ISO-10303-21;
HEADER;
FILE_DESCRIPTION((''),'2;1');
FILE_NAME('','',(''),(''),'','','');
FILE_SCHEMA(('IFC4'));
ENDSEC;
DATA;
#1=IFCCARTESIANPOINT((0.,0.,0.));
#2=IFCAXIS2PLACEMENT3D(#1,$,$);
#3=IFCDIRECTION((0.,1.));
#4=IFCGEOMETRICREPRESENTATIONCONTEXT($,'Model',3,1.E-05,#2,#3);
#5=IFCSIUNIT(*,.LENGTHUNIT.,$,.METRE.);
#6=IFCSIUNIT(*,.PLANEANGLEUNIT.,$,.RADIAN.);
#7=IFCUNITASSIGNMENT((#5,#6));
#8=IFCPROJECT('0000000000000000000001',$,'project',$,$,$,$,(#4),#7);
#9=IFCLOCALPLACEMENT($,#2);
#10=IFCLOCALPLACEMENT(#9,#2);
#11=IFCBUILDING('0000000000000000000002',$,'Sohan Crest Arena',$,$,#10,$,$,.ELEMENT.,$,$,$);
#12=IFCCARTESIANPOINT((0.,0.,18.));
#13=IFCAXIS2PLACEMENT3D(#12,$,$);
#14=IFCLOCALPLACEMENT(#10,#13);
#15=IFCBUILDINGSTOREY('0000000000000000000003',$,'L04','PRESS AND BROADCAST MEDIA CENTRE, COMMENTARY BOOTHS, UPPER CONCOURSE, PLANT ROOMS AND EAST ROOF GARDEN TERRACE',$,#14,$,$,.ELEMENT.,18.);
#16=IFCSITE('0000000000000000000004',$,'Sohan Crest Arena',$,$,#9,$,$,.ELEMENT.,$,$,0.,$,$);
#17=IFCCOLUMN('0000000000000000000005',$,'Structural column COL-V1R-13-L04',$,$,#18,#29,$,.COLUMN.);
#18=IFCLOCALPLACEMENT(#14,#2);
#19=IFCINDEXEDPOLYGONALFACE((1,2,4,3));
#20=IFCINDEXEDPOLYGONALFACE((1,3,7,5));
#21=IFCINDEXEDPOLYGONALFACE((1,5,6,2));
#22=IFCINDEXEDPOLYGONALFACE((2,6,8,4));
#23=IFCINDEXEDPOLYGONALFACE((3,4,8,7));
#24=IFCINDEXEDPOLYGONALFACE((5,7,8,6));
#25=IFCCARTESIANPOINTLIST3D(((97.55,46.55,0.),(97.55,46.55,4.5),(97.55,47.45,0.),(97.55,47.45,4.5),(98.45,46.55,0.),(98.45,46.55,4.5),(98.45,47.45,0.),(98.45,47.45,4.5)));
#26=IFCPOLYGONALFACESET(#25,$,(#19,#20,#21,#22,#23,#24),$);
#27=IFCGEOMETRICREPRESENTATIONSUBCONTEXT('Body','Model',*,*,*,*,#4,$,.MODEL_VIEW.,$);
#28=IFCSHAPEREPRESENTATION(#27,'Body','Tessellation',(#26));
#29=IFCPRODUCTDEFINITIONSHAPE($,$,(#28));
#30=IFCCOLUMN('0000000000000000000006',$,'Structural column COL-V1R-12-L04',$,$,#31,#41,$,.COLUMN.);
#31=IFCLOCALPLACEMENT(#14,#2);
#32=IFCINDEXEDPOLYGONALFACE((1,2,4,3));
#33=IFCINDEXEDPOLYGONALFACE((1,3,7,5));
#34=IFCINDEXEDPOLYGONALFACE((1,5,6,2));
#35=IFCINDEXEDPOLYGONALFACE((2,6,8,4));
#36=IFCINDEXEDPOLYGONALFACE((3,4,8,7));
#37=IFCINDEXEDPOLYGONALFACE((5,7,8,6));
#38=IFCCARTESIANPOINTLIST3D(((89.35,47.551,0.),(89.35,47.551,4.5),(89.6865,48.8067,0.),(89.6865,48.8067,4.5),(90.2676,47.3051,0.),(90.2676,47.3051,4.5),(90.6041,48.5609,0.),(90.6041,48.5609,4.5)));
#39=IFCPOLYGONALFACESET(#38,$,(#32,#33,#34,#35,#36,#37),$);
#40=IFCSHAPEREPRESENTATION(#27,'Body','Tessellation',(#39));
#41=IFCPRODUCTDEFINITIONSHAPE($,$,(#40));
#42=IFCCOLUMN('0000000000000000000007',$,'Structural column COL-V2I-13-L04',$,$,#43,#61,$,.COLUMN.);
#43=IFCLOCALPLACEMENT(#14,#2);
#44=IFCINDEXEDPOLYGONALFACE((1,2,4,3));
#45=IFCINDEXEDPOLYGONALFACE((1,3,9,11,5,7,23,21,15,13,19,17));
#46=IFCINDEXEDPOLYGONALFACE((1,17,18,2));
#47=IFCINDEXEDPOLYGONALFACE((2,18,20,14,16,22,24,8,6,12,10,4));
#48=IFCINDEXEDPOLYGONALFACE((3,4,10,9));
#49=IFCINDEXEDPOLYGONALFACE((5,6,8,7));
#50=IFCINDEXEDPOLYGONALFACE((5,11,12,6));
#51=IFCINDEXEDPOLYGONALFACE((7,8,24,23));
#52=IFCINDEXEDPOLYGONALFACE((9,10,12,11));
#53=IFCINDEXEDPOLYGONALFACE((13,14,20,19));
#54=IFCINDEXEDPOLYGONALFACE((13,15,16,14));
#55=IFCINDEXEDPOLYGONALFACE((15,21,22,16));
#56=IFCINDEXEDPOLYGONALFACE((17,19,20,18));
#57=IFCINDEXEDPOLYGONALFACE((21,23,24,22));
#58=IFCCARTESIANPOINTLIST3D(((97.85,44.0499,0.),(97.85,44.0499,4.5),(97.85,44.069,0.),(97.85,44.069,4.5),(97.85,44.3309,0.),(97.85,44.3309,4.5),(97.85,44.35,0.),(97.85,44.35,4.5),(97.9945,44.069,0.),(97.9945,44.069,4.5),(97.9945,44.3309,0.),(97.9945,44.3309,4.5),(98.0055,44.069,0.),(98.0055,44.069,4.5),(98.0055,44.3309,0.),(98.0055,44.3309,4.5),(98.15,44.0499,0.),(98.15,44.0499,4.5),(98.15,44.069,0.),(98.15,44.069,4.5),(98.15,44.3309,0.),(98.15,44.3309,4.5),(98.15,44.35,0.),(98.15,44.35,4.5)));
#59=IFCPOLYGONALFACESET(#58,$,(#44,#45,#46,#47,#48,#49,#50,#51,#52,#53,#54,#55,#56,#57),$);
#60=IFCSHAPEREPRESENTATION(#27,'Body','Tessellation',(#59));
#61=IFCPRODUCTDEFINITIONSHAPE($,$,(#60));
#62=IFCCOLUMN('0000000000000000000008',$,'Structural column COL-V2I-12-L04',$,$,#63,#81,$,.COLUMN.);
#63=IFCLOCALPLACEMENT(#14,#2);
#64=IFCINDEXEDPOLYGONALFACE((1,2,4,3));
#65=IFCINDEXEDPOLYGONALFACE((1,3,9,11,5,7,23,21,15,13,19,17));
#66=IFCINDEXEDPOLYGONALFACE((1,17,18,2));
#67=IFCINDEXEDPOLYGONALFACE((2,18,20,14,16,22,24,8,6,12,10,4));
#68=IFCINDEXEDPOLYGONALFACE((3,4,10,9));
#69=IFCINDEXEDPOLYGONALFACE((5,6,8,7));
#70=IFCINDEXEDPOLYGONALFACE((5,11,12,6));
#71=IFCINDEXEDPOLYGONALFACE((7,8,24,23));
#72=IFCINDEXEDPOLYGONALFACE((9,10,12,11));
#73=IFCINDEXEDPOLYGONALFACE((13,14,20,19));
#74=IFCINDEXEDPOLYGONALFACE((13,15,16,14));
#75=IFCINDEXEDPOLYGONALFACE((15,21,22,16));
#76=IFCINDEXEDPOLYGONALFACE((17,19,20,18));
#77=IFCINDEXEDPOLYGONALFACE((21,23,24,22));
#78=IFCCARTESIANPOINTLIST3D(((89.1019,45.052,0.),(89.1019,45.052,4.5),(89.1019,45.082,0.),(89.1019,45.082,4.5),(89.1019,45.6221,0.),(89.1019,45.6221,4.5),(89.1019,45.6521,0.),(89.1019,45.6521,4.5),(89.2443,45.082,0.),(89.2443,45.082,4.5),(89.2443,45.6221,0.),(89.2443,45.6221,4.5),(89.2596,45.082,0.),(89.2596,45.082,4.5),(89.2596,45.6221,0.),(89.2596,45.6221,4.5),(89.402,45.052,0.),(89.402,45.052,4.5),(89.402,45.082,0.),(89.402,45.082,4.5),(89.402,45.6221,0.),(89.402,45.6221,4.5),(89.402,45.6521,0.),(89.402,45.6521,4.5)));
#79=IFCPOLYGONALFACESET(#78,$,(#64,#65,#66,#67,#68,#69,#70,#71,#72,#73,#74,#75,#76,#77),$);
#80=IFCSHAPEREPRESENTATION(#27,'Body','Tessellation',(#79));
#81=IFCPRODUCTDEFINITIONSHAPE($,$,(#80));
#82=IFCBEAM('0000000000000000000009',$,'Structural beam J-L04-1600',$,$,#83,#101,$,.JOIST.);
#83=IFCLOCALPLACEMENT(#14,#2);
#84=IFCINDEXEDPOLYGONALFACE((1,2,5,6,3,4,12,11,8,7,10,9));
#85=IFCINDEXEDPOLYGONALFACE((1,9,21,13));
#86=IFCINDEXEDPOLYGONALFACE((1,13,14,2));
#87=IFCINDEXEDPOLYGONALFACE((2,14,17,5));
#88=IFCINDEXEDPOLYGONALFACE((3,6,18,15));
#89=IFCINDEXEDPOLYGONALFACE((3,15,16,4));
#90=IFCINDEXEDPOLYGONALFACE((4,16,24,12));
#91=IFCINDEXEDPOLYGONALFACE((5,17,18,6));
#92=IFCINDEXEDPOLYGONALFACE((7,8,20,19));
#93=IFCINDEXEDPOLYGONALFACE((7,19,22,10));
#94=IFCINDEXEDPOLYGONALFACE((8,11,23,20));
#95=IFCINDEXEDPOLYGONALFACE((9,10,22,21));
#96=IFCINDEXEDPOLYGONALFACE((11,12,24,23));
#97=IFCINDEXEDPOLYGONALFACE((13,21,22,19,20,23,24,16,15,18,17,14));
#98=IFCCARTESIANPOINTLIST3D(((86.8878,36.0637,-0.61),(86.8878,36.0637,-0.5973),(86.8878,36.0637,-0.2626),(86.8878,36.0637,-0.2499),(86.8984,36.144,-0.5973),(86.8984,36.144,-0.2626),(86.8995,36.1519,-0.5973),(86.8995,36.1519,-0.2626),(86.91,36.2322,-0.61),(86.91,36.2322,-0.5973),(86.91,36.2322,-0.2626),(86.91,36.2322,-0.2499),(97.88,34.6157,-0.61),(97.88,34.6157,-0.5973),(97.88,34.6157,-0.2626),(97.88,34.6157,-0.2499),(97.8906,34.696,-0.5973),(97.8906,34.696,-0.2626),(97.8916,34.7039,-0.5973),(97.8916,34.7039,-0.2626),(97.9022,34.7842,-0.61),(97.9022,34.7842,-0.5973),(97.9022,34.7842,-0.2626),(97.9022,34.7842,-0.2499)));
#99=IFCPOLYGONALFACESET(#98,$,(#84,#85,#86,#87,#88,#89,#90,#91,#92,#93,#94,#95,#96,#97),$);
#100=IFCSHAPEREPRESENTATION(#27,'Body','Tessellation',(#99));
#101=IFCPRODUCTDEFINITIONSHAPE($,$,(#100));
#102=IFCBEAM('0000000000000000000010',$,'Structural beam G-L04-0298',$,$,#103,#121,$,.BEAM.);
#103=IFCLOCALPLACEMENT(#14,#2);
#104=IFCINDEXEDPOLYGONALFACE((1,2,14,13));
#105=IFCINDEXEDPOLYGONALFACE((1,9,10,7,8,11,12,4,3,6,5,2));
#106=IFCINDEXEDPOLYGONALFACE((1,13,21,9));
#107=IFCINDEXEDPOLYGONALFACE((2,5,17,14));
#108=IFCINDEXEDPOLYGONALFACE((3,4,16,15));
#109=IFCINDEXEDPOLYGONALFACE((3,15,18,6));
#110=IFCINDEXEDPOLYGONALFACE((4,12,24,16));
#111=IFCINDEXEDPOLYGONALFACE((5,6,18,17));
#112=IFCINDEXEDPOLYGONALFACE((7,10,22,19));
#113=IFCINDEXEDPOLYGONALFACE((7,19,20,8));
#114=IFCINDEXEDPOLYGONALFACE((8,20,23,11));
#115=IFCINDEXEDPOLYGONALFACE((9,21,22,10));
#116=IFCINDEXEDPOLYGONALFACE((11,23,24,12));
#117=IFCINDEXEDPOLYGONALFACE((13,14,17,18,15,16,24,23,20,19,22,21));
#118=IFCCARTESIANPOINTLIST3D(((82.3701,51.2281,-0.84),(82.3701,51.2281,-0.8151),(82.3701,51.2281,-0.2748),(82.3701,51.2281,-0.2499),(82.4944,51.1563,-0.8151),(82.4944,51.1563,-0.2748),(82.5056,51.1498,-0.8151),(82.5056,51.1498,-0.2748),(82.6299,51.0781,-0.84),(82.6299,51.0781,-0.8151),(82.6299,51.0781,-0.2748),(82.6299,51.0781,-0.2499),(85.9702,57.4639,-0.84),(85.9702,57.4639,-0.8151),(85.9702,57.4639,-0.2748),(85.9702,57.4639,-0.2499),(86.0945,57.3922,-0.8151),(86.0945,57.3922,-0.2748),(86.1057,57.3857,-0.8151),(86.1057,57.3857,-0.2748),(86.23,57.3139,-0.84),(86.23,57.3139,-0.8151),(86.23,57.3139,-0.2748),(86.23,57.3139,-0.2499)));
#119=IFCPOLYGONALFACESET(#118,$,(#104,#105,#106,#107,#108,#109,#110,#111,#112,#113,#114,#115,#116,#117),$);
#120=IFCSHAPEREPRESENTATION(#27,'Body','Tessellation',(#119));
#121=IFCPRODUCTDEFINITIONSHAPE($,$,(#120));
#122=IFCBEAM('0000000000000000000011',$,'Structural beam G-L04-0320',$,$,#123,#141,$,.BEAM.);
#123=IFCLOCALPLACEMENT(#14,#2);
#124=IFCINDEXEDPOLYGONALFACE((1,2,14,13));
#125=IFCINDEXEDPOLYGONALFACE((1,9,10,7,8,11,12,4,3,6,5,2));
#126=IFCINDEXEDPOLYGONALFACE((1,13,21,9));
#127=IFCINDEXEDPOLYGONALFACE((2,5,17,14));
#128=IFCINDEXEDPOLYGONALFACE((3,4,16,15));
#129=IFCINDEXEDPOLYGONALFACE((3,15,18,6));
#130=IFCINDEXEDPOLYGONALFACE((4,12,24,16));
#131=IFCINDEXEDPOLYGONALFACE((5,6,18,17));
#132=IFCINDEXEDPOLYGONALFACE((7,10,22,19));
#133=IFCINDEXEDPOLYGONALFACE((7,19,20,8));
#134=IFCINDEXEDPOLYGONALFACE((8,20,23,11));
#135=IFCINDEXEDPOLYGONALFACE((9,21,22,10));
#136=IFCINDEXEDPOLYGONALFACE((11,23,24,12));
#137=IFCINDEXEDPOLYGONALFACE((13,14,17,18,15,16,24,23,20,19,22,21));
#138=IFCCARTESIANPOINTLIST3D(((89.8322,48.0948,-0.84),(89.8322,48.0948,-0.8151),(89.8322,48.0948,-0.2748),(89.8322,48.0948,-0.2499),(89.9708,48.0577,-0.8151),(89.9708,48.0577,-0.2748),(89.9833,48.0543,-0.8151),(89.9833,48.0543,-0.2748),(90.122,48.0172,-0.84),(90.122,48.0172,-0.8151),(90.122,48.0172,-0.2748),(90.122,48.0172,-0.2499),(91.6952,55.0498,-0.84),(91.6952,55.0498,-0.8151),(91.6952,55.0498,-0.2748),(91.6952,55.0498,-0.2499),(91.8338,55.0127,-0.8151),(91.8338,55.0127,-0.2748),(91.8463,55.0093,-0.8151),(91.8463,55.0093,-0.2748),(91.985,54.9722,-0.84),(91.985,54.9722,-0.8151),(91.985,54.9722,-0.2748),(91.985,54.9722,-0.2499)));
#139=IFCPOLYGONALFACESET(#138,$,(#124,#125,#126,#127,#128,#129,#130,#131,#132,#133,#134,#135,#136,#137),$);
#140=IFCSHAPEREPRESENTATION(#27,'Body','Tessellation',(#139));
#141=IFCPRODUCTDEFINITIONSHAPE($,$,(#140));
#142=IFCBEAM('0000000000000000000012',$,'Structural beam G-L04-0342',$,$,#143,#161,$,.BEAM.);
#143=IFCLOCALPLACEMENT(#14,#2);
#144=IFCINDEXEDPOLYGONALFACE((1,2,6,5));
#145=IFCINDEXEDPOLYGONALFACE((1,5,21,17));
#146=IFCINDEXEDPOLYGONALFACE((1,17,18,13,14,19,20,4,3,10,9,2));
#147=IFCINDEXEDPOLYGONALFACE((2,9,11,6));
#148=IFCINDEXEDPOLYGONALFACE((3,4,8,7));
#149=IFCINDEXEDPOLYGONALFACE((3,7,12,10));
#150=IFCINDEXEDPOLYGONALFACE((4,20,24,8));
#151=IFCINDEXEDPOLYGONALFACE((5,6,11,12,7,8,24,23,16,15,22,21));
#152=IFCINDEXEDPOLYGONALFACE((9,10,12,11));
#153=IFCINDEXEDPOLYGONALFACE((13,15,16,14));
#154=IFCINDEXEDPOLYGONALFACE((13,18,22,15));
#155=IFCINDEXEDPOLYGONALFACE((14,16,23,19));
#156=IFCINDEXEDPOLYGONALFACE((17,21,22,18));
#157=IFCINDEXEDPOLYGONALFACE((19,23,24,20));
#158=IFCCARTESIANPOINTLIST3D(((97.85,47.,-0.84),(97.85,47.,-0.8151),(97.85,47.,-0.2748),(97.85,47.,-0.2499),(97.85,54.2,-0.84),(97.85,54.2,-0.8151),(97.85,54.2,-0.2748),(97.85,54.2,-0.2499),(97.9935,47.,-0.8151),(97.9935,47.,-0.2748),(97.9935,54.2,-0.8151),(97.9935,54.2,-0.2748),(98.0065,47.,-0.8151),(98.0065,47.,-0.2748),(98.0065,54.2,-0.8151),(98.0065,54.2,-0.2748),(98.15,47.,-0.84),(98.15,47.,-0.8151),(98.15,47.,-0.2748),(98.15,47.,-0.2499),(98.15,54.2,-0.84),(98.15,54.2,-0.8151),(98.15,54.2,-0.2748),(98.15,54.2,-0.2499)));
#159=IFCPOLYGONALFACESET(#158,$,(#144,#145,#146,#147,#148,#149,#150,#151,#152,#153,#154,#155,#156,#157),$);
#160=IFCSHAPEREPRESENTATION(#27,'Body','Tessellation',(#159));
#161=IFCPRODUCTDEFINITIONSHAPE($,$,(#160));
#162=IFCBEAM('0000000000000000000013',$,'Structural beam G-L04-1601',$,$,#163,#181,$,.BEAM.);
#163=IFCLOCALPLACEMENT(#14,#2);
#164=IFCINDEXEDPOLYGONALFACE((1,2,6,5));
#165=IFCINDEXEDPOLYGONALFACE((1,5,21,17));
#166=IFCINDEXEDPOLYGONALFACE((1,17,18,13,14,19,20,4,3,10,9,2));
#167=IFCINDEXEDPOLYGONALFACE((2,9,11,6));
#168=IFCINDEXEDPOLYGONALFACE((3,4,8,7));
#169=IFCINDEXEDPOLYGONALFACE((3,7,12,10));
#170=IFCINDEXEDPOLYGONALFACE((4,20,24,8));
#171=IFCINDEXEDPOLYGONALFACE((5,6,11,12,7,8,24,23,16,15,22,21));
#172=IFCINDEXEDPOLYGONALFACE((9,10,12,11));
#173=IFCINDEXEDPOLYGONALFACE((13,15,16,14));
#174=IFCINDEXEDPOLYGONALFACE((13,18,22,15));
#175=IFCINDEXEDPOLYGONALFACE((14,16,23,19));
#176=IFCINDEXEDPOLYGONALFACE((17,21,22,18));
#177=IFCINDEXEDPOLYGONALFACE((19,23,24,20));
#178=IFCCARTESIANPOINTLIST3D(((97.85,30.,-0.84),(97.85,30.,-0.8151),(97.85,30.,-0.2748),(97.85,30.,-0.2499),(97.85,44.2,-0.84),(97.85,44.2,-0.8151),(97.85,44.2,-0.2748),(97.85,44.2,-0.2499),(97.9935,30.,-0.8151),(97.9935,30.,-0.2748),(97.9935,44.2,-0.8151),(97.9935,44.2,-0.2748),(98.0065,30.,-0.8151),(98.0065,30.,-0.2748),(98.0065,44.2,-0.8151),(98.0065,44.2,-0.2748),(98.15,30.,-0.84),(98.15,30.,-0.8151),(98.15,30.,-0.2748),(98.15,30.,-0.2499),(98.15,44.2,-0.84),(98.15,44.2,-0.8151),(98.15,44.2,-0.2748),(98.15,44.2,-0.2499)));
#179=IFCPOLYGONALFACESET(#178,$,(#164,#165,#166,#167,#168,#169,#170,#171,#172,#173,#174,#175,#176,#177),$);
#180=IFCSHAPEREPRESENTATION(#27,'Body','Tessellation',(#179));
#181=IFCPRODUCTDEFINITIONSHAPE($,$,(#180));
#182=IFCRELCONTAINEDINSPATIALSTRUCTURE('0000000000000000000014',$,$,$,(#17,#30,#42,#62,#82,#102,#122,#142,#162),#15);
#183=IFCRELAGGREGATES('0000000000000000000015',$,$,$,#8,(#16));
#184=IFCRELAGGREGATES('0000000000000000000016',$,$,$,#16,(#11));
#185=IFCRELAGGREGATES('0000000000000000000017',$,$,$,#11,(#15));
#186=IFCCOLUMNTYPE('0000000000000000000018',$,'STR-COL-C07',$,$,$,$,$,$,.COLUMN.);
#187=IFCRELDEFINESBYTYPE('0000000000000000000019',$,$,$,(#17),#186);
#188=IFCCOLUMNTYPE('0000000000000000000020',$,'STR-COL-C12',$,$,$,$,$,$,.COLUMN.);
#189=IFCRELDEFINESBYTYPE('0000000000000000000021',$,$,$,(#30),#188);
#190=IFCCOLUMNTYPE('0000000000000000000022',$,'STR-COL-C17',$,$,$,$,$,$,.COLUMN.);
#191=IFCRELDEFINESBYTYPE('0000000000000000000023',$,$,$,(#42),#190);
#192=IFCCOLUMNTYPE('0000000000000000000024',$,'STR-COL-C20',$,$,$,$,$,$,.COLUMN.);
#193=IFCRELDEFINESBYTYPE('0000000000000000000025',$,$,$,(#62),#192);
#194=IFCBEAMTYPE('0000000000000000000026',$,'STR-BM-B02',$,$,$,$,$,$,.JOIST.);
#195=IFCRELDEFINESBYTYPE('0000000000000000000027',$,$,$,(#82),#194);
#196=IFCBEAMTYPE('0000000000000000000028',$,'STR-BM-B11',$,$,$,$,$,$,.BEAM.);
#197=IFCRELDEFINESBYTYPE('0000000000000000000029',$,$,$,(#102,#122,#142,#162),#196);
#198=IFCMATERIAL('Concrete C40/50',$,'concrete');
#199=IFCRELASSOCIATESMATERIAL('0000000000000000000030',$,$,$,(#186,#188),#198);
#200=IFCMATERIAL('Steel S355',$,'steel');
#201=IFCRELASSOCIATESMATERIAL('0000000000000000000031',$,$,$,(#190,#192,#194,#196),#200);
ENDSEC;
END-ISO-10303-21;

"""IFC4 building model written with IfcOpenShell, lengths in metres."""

from ifc_helpers import new_model, si_unit, direction, frame, origin, origin_2d, place, context, subcontext, project, spatial, rectangle, i_section, extrude, material, material_profile, profile_set, type_object, element, save


model = new_model("IFC4")

# Units and contexts
model_context = context("Model", 3, precision=1e-05, world=origin(), true_north=direction((0.0, 1.0)))
body_context = subcontext(model_context, "Body", "Model", "MODEL_VIEW")
ifc_project = project(units=[si_unit("LENGTHUNIT", "METRE"), si_unit("PLANEANGLEUNIT", "RADIAN")], contexts=[model_context])

# Site, building, storey
site_placement = place(None, origin())
site = spatial("IfcSite", under=ifc_project, at=site_placement, Name="Sohan Crest Arena", CompositionType="ELEMENT", RefElevation=0.0)
building_placement = place(site_placement, origin())
building = spatial("IfcBuilding", under=site, at=building_placement, Name="Sohan Crest Arena", CompositionType="ELEMENT")
storey_placement = place(building_placement, frame((0.0, 0.0, 18.0)))
storey = spatial("IfcBuildingStorey", under=building, at=storey_placement, Name="L04", Description="PRESS AND BROADCAST MEDIA CENTRE, COMMENTARY BOOTHS, UPPER CONCOURSE, PLANT ROOMS AND EAST ROOF GARDEN TERRACE", CompositionType="ELEMENT", Elevation=18.0)

# Columns
ifc_material_1 = material(Name="Concrete C40/50", Category="concrete")
ifc_material_profile_1 = material_profile(ifc_material_1, rectangle(XDim=0.8999, YDim=0.8999, at=origin_2d()), Name="RC 900x900")
ifc_profile_set_1 = profile_set([ifc_material_profile_1], Name="Concrete C40/50")
column_type_1 = type_object("IfcColumnType", Name="STR-COL-C07", PredefinedType="COLUMN", material=ifc_profile_set_1)
column_1_placement = place(storey_placement, frame((98.0, 47.0, 0.0), z_axis=(0.0, 0.0, 1.0), x_axis=(0.0, 1.0, 0.0)))
element("IfcColumn", 1, at=column_1_placement, inside=storey, type_object=column_type_1, Name="Structural column COL-V1R-13-L04", PredefinedType="COLUMN", context=body_context, shape_type="SweptSolid", body=[
    extrude(rectangle(XDim=0.8999, YDim=0.8999, at=origin_2d()), origin(), (0.0, 0.0, 1.0), 4.5),
])
ifc_material_profile_2 = material_profile(ifc_material_1, rectangle(XDim=1.3, YDim=0.95, at=origin_2d()), Name="RC 1300x950")
ifc_profile_set_2 = profile_set([ifc_material_profile_2], Name="Concrete C40/50")
column_type_2 = type_object("IfcColumnType", Name="STR-COL-C12", PredefinedType="COLUMN", material=ifc_profile_set_2)
column_2_placement = place(storey_placement, frame((89.9771, 48.0559, 0.0), z_axis=(0.0, 0.0, 1.0), x_axis=(0.258819, 0.965926, 0.0)))
element("IfcColumn", 2, at=column_2_placement, inside=storey, type_object=column_type_2, Name="Structural column COL-V1R-12-L04", PredefinedType="COLUMN", context=body_context, shape_type="SweptSolid", body=[
    extrude(rectangle(XDim=1.3, YDim=0.95, at=origin_2d()), origin(), (0.0, 0.0, 1.0), 4.5),
])
ifc_material_2 = material(Name="Steel S355", Category="steel")
ifc_material_profile_3 = material_profile(ifc_material_2, i_section(OverallWidth=0.3, OverallDepth=0.3, WebThickness=0.011, FlangeThickness=0.019, at=origin_2d()), Name="HEB 300")
ifc_profile_set_3 = profile_set([ifc_material_profile_3], Name="Steel S355")
column_type_3 = type_object("IfcColumnType", Name="STR-COL-C17", PredefinedType="COLUMN", material=ifc_profile_set_3)
column_3_placement = place(storey_placement, frame((98.0, 44.2, 0.0), z_axis=(0.0, 0.0, 1.0), x_axis=(1.0, 0.0, 0.0)))
element("IfcColumn", 3, at=column_3_placement, inside=storey, type_object=column_type_3, Name="Structural column COL-V2I-13-L04", PredefinedType="COLUMN", context=body_context, shape_type="SweptSolid", body=[
    extrude(i_section(OverallWidth=0.3, OverallDepth=0.3, WebThickness=0.011, FlangeThickness=0.019, at=origin_2d()), origin(), (0.0, 0.0, 1.0), 4.5),
])
ifc_material_profile_4 = material_profile(ifc_material_2, i_section(OverallWidth=0.3, OverallDepth=0.6001, WebThickness=0.0154, FlangeThickness=0.03, at=origin_2d()), Name="HEB 600")
ifc_profile_set_4 = profile_set([ifc_material_profile_4], Name="Steel S355")
column_type_4 = type_object("IfcColumnType", Name="STR-COL-C20", PredefinedType="COLUMN", material=ifc_profile_set_4)
column_4_placement = place(storey_placement, frame((89.252, 45.3521, 0.0), z_axis=(0.0, 0.0, 1.0), x_axis=(1.0, 0.0, 0.0)))
element("IfcColumn", 4, at=column_4_placement, inside=storey, type_object=column_type_4, Name="Structural column COL-V2I-12-L04", PredefinedType="COLUMN", context=body_context, shape_type="SweptSolid", body=[
    extrude(i_section(OverallWidth=0.3, OverallDepth=0.6001, WebThickness=0.0154, FlangeThickness=0.03, at=origin_2d()), origin(), (0.0, 0.0, 1.0), 4.5),
])

# Beams
ifc_material_profile_5 = material_profile(ifc_material_2, i_section(OverallWidth=0.1699, OverallDepth=0.3601, WebThickness=0.0081, FlangeThickness=0.0127, at=origin_2d()), Name="IPE 360")
ifc_profile_set_5 = profile_set([ifc_material_profile_5], Name="Steel S355")
beam_type_1 = type_object("IfcBeamType", Name="STR-BM-B02", PredefinedType="JOIST", material=ifc_profile_set_5)
beam_1_placement = place(storey_placement, frame((86.8989, 36.1479, -0.4299), z_axis=(0.991435, -0.130601, 0.0), x_axis=(0.130601, 0.991435, 0.0)))
element("IfcBeam", 5, at=beam_1_placement, inside=storey, type_object=beam_type_1, Name="Structural beam J-L04-1600", PredefinedType="JOIST", context=body_context, shape_type="SweptSolid", body=[
    extrude(i_section(OverallWidth=0.1699, OverallDepth=0.3601, WebThickness=0.0081, FlangeThickness=0.0127, at=origin_2d()), origin(), (0.0, 0.0, 1.0), 11.0872),
])
ifc_material_profile_6 = material_profile(ifc_material_2, i_section(OverallWidth=0.3, OverallDepth=0.5901, WebThickness=0.0129, FlangeThickness=0.0249, at=origin_2d()), Name="HEA 600")
ifc_profile_set_6 = profile_set([ifc_material_profile_6], Name="Steel S355")
beam_type_2 = type_object("IfcBeamType", Name="STR-BM-B11", PredefinedType="BEAM", material=ifc_profile_set_6)
beam_2_placement = place(storey_placement, frame((86.1001, 57.3889, -0.5449), z_axis=(-0.499983, -0.866035, 0.0), x_axis=(0.866035, -0.499983, 0.0)))
element("IfcBeam", 6, at=beam_2_placement, inside=storey, type_object=beam_type_2, Name="Structural beam G-L04-0298", PredefinedType="BEAM", context=body_context, shape_type="SweptSolid", body=[
    extrude(i_section(OverallWidth=0.3, OverallDepth=0.5901, WebThickness=0.0129, FlangeThickness=0.0249, at=origin_2d()), origin(), (0.0, 0.0, 1.0), 7.2004),
])
beam_3_placement = place(storey_placement, frame((91.8401, 55.011, -0.5449), z_axis=(-0.258745, -0.965946, 0.0), x_axis=(0.965946, -0.258745, 0.0)))
element("IfcBeam", 7, at=beam_3_placement, inside=storey, type_object=beam_type_2, Name="Structural beam G-L04-0320", PredefinedType="BEAM", context=body_context, shape_type="SweptSolid", body=[
    extrude(i_section(OverallWidth=0.3, OverallDepth=0.5901, WebThickness=0.0129, FlangeThickness=0.0249, at=origin_2d()), origin(), (0.0, 0.0, 1.0), 7.2002),
])
beam_4_placement = place(storey_placement, frame((98.0, 54.2, -0.5449), z_axis=(0.0, -1.0, 0.0), x_axis=(1.0, 0.0, 0.0)))
element("IfcBeam", 8, at=beam_4_placement, inside=storey, type_object=beam_type_2, Name="Structural beam G-L04-0342", PredefinedType="BEAM", context=body_context, shape_type="SweptSolid", body=[
    extrude(i_section(OverallWidth=0.3, OverallDepth=0.5901, WebThickness=0.0129, FlangeThickness=0.0249, at=origin_2d()), origin(), (0.0, 0.0, 1.0), 7.2),
])
beam_5_placement = place(storey_placement, frame((98.0, 44.2, -0.5449), z_axis=(0.0, -1.0, 0.0), x_axis=(1.0, 0.0, 0.0)))
element("IfcBeam", 9, at=beam_5_placement, inside=storey, type_object=beam_type_2, Name="Structural beam G-L04-1601", PredefinedType="BEAM", context=body_context, shape_type="SweptSolid", body=[
    extrude(i_section(OverallWidth=0.3, OverallDepth=0.5901, WebThickness=0.0129, FlangeThickness=0.0249, at=origin_2d()), origin(), (0.0, 0.0, 1.0), 14.2),
])

save(model, "model.ifc")
